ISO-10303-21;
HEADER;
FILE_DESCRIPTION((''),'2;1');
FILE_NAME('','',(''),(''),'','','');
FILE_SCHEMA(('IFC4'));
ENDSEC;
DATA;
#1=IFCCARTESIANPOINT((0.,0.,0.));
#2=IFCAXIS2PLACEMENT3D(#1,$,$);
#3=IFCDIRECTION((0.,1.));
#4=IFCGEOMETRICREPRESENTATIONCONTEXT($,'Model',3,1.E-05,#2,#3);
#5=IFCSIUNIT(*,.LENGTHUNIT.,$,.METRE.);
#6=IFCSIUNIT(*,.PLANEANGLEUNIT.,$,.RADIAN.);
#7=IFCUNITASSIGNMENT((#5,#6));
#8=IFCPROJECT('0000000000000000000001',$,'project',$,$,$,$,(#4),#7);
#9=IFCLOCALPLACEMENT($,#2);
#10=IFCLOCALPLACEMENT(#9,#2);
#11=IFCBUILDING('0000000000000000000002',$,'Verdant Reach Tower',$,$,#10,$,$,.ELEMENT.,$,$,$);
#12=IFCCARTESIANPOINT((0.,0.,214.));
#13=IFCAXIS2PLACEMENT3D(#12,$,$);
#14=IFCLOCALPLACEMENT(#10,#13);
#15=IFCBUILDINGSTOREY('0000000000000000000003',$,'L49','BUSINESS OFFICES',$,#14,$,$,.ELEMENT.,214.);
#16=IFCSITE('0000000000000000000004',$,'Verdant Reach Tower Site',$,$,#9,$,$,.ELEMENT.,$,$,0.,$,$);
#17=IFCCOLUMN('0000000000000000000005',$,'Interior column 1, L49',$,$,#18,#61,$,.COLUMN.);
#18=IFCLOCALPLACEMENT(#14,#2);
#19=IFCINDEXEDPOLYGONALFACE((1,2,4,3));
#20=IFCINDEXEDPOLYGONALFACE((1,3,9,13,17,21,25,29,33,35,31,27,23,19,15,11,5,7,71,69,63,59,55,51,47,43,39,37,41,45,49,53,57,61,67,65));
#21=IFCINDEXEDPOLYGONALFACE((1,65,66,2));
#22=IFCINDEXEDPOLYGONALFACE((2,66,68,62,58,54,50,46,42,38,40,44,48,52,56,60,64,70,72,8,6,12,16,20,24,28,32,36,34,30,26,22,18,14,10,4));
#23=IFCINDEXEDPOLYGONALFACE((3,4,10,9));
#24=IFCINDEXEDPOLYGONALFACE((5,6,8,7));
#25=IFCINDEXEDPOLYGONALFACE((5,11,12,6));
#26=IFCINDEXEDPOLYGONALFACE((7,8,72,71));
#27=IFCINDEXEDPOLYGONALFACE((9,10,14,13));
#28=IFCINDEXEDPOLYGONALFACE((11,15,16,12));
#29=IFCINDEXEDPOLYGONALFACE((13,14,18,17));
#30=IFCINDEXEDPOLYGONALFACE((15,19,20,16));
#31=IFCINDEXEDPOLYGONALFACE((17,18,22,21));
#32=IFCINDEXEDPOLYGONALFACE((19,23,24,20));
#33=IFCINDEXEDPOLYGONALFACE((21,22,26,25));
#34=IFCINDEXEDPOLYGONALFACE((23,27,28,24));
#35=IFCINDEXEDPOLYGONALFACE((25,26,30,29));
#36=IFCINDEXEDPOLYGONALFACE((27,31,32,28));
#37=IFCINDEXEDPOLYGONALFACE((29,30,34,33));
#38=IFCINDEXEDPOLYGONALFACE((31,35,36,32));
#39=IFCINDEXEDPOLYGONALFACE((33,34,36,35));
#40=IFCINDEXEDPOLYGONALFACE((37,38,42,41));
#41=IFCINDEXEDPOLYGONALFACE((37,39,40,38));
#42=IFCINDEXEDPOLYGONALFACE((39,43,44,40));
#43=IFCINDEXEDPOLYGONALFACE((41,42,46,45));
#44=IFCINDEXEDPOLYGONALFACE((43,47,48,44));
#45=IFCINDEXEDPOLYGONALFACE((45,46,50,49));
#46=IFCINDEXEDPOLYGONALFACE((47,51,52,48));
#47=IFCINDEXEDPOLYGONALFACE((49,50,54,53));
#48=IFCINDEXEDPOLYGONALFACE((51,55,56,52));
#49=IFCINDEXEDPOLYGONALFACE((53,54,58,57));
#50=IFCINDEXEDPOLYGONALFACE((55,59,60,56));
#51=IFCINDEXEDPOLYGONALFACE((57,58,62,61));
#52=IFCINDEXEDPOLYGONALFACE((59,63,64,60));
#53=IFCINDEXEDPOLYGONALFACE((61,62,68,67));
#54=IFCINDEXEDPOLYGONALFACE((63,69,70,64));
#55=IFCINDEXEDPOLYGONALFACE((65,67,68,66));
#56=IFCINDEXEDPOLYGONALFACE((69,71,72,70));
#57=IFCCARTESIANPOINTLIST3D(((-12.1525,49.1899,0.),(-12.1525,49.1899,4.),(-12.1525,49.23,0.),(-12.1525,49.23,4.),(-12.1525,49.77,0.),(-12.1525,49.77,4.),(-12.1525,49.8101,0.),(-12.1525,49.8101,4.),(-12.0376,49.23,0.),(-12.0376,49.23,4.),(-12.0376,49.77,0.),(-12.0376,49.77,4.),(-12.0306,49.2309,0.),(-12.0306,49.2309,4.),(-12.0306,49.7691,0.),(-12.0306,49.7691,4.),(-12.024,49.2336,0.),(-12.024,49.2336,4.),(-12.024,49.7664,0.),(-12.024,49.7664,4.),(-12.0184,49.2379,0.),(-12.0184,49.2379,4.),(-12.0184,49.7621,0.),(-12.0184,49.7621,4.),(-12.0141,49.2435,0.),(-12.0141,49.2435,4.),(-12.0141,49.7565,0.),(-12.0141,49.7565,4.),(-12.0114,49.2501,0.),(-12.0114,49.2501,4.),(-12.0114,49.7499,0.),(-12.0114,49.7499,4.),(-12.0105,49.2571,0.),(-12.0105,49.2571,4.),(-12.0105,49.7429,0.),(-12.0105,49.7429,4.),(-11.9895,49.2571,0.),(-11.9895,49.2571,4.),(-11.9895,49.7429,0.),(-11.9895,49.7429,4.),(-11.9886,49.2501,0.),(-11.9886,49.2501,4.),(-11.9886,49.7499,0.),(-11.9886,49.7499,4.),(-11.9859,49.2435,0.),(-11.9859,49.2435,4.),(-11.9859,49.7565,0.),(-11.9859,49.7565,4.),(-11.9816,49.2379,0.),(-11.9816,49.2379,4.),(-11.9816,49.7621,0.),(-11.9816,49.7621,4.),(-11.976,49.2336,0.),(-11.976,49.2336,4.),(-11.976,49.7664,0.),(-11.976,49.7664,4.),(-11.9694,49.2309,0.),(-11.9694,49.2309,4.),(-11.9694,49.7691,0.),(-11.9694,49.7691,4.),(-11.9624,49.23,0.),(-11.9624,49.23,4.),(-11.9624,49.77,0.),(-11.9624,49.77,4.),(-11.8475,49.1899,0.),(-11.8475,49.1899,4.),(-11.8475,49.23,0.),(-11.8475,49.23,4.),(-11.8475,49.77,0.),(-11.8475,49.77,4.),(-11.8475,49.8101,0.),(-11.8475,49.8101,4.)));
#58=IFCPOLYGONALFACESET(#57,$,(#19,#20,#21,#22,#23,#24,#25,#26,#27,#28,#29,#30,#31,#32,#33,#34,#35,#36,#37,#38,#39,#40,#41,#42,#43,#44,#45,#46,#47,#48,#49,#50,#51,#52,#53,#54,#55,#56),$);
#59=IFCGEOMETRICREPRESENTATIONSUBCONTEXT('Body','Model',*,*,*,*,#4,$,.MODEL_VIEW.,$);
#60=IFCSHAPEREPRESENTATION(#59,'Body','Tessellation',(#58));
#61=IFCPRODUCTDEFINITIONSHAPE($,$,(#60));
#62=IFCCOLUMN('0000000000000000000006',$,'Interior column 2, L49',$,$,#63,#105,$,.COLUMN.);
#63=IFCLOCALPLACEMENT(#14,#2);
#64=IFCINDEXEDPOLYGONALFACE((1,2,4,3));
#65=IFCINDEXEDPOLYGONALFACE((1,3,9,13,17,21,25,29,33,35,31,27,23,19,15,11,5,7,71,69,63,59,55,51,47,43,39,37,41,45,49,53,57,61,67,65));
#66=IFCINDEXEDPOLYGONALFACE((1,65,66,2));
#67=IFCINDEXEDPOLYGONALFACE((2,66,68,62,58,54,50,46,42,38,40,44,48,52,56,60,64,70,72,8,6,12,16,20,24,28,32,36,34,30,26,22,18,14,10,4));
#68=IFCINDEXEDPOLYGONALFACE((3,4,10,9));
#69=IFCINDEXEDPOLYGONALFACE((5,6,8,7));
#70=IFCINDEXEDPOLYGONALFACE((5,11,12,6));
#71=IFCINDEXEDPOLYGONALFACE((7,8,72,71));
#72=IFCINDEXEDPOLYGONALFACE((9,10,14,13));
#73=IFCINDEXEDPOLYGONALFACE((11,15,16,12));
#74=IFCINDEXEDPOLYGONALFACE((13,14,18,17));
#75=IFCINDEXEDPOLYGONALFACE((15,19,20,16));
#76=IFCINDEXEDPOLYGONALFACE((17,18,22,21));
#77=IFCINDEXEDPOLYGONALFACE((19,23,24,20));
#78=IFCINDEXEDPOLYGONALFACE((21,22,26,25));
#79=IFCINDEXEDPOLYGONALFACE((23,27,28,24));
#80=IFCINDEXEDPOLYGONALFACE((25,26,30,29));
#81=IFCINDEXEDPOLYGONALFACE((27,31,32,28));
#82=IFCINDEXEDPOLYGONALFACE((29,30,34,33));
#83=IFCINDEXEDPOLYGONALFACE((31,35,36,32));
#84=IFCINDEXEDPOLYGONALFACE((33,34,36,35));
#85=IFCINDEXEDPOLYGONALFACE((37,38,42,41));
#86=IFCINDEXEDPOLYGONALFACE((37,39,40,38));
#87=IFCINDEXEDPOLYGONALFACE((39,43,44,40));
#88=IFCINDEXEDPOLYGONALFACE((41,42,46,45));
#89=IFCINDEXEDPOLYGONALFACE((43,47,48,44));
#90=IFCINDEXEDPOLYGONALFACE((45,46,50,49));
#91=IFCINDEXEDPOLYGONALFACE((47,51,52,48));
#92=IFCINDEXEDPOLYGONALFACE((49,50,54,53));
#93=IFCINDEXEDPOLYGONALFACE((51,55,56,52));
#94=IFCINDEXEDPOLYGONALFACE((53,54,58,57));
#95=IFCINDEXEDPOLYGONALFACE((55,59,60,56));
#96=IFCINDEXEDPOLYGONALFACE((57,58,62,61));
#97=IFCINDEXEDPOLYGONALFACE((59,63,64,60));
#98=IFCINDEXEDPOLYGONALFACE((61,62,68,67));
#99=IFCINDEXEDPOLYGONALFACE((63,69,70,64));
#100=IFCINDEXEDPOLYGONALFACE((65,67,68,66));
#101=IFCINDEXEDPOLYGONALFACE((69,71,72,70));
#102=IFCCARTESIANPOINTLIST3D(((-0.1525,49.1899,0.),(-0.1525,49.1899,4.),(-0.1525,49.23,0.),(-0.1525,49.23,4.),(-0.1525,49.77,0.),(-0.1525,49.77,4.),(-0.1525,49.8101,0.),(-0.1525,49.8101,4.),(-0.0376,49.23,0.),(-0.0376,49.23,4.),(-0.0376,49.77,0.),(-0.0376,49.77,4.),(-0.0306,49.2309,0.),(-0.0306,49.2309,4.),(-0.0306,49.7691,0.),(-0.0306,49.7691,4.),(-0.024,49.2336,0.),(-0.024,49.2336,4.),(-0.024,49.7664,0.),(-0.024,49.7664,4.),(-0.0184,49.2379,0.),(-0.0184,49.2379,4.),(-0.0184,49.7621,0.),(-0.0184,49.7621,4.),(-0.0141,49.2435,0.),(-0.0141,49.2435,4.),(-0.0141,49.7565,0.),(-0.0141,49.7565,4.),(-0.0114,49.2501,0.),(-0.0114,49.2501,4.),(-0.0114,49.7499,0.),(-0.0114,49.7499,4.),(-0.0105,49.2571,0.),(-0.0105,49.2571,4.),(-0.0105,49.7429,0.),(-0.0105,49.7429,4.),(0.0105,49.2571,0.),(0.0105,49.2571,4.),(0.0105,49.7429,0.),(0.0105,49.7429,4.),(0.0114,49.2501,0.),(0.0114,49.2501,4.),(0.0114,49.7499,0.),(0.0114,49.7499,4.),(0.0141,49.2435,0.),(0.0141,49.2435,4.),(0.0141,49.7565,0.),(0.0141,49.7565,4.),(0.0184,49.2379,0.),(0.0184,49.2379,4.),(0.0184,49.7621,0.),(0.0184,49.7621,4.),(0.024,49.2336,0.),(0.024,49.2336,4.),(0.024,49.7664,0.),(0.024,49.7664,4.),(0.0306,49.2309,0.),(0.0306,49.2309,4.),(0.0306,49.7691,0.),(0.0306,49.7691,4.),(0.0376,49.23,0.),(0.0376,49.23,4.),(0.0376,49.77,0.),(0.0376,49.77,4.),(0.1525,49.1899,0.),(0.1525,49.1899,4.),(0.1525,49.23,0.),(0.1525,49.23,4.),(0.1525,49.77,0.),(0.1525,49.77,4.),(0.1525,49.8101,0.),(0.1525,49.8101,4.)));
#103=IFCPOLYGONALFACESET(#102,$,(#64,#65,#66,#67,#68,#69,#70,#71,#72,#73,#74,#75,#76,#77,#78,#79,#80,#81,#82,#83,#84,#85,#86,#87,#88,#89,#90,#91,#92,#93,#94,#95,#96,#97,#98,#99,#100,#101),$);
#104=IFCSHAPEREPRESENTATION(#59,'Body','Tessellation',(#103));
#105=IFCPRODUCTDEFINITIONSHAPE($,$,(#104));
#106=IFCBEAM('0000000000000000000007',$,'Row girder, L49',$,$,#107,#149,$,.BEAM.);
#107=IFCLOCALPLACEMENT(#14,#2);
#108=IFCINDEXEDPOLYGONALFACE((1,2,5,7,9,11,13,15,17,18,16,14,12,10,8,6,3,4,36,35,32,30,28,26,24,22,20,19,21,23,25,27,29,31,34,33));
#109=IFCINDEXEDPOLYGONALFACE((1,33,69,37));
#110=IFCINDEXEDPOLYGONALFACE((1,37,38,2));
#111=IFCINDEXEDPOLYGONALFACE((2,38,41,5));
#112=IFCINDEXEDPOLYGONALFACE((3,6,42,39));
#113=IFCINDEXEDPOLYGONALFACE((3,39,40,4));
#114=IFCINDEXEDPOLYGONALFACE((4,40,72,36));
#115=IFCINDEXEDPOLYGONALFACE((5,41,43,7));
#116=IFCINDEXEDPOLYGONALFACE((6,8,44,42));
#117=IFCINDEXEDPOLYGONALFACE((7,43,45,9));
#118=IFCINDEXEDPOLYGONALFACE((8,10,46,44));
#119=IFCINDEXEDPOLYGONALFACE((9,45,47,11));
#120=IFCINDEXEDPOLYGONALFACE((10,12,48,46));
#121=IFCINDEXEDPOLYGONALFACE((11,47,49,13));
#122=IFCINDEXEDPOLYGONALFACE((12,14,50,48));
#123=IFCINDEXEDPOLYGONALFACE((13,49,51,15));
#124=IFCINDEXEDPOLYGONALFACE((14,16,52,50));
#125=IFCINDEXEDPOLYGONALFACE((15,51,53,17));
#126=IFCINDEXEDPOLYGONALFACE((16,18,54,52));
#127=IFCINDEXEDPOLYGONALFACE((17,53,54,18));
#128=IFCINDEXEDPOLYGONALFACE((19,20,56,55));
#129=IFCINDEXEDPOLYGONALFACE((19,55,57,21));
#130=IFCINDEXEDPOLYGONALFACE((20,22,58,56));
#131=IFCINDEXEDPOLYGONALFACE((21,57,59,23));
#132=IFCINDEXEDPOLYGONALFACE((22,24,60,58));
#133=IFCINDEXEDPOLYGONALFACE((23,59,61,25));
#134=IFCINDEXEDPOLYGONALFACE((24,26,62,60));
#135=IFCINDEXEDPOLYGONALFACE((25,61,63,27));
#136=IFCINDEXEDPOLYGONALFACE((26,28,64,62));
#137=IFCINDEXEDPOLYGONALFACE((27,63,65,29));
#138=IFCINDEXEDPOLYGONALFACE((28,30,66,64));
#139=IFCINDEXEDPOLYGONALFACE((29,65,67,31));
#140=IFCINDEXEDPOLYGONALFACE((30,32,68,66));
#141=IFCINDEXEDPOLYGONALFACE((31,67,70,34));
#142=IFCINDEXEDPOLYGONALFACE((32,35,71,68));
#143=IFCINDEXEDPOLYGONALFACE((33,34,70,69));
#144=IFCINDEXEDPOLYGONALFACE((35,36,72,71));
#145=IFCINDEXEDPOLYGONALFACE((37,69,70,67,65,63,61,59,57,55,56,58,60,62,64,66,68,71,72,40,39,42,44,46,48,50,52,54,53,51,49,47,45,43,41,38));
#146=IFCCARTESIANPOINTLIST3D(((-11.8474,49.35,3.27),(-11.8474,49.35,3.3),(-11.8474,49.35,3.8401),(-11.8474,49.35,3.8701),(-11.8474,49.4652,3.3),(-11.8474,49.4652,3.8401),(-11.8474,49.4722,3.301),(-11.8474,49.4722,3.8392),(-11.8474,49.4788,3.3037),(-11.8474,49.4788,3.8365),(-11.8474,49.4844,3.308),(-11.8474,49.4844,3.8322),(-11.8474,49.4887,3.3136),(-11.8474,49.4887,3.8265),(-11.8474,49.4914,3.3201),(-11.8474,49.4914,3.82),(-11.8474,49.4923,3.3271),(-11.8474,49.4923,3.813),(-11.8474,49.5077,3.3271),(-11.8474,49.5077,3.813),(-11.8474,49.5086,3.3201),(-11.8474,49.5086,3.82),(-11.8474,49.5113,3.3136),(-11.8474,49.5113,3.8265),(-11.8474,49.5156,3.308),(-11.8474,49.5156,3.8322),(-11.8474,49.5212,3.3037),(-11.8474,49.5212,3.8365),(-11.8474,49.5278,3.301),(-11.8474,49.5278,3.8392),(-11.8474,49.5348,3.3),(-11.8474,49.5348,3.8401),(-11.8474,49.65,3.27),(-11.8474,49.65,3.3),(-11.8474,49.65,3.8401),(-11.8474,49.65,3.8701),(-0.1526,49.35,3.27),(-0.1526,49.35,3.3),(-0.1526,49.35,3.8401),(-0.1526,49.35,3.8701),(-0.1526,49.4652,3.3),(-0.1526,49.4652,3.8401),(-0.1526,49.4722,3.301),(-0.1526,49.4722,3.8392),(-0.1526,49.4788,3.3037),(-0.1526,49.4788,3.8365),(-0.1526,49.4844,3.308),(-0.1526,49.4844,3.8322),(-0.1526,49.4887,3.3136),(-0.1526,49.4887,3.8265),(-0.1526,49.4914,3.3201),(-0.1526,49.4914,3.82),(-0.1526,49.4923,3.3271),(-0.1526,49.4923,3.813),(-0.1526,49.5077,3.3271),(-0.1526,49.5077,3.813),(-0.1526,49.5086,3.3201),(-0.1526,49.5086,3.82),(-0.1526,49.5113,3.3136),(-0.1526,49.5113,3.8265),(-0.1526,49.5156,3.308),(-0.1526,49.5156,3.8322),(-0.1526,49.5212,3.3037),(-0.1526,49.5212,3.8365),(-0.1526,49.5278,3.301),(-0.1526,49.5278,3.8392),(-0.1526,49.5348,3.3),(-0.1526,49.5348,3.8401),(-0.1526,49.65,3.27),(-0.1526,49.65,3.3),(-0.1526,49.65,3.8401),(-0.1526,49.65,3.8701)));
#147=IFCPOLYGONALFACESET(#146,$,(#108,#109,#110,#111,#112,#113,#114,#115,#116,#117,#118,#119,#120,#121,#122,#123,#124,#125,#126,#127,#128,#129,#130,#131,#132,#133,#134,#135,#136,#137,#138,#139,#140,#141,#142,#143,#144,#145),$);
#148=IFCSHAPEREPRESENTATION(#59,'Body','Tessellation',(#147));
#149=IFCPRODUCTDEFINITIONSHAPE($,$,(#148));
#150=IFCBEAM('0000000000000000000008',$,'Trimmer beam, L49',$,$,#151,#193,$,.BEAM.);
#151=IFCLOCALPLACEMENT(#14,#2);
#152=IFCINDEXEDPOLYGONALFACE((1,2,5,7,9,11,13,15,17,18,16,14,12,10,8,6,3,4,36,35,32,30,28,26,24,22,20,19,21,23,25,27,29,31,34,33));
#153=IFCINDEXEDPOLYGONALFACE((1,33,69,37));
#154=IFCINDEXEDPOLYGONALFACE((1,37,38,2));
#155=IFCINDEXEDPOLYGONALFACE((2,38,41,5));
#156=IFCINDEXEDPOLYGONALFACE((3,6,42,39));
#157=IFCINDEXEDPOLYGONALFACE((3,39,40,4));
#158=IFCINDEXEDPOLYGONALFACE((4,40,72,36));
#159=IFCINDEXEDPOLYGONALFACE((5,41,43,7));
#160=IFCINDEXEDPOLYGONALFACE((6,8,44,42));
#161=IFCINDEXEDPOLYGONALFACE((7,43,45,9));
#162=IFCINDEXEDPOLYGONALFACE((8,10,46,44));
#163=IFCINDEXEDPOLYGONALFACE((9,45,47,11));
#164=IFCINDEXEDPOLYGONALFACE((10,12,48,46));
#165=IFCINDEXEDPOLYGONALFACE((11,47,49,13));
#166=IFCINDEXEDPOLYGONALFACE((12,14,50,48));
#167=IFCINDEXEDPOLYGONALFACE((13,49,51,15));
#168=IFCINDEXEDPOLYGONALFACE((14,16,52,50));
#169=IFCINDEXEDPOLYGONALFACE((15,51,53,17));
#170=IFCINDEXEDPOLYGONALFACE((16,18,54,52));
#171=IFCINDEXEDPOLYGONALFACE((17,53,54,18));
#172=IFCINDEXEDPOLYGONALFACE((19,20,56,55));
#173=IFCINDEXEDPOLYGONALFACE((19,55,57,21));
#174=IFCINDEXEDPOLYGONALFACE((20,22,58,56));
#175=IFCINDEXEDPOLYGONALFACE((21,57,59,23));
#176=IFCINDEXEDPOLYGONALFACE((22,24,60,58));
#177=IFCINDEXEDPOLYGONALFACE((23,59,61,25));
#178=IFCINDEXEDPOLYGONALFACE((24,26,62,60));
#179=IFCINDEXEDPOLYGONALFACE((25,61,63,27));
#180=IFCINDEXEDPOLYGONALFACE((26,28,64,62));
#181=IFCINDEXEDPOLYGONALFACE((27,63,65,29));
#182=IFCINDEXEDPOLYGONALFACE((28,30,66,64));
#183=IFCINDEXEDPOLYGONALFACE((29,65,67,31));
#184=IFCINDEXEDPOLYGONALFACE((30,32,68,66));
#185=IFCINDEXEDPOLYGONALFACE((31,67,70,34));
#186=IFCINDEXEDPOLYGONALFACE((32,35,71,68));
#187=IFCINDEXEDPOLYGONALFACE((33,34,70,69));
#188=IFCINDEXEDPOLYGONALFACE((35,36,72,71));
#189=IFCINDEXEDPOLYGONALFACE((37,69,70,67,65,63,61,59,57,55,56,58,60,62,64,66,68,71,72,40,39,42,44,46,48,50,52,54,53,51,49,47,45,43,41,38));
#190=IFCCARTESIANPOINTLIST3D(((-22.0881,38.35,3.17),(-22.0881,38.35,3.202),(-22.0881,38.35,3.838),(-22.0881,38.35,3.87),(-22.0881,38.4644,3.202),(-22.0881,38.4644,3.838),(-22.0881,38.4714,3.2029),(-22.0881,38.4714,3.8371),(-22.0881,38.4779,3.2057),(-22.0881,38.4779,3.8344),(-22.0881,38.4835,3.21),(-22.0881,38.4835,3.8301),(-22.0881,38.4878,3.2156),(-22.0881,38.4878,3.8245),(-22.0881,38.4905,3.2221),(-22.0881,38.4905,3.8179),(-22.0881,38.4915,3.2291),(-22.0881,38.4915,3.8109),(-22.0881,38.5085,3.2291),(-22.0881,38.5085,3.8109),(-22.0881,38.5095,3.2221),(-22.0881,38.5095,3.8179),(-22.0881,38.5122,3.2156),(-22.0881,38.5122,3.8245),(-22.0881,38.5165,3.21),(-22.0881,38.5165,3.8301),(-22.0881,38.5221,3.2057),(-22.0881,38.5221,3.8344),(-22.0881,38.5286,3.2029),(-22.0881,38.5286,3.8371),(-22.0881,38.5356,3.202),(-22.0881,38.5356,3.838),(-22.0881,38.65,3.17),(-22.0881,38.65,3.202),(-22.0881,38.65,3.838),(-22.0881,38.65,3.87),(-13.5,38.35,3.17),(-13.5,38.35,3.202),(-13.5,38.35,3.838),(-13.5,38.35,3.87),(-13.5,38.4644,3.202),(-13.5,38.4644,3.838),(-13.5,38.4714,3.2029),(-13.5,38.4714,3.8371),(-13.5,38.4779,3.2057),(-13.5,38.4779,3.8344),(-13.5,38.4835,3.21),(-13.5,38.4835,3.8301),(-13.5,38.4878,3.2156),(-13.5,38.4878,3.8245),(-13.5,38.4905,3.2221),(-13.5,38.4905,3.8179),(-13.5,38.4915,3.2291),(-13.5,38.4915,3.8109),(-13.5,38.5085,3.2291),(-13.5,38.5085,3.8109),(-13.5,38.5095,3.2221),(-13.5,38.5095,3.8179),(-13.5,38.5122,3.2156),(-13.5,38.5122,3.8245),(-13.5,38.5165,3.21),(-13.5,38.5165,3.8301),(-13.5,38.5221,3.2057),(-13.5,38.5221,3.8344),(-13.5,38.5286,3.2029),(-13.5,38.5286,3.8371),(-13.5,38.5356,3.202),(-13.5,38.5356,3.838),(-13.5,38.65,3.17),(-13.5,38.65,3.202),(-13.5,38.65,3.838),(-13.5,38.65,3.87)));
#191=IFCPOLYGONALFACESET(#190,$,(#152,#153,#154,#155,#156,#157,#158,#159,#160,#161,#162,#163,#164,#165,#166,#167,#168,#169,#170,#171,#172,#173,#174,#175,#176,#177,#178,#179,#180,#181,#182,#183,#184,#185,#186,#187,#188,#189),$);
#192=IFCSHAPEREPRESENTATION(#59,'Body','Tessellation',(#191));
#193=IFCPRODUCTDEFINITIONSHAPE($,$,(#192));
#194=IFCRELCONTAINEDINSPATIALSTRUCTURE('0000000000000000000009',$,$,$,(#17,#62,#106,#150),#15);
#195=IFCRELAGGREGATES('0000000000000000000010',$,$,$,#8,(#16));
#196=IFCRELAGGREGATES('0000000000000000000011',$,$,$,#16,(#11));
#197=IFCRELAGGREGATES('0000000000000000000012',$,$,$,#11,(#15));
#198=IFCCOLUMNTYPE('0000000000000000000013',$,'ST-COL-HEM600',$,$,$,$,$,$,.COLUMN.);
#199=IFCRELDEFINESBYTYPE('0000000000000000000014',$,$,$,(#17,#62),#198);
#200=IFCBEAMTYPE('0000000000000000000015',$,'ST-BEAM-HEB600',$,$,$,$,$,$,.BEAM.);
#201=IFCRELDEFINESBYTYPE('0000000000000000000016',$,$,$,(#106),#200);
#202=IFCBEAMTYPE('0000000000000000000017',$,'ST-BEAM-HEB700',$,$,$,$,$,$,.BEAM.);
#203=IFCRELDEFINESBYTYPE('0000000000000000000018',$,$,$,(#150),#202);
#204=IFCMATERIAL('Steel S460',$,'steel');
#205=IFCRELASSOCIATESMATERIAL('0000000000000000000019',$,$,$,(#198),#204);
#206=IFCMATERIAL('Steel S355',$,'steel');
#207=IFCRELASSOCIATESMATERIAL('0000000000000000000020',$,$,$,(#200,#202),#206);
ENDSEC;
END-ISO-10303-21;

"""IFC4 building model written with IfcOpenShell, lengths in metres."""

from ifc_helpers import new_model, si_unit, direction, frame, origin, origin_2d, place, context, subcontext, project, spatial, i_section, extrude, material, material_profile, profile_set, type_object, element, save


model = new_model("IFC4")

# Units and contexts
model_context = context("Model", 3, precision=1e-05, world=origin(), true_north=direction((0.0, 1.0)))
body_context = subcontext(model_context, "Body", "Model", "MODEL_VIEW")
ifc_project = project(units=[si_unit("LENGTHUNIT", "METRE"), si_unit("PLANEANGLEUNIT", "RADIAN")], contexts=[model_context])

# Site, building, storey
site_placement = place(None, origin())
site = spatial("IfcSite", under=ifc_project, at=site_placement, Name="Verdant Reach Tower Site", CompositionType="ELEMENT", RefElevation=0.0)
building_placement = place(site_placement, origin())
building = spatial("IfcBuilding", under=site, at=building_placement, Name="Verdant Reach Tower", CompositionType="ELEMENT")
storey_placement = place(building_placement, frame((0.0, 0.0, 214.0)))
storey = spatial("IfcBuildingStorey", under=building, at=storey_placement, Name="L49", Description="BUSINESS OFFICES", CompositionType="ELEMENT", Elevation=214.0)

# Columns
ifc_material_1 = material(Name="Steel S460", Category="steel")
ifc_material_profile_1 = material_profile(ifc_material_1, i_section(OverallWidth=0.3049, OverallDepth=0.6201, WebThickness=0.021, FlangeThickness=0.04, FilletRadius=0.0271, at=origin_2d()), Name="HEM 600")
ifc_profile_set_1 = profile_set([ifc_material_profile_1], Name="Steel S460")
column_type = type_object("IfcColumnType", Name="ST-COL-HEM600", PredefinedType="COLUMN", material=ifc_profile_set_1)
for number, where, z_axis, x_axis, name in (
    (1, (-12.0, 49.5, 0.0), (0.0, 0.0, 1.0), (1.0, 0.0, 0.0), "Interior column 1, L49"),
    (2, (0.0, 49.5, 0.0), (0.0, 0.0, 1.0), (1.0, 0.0, 0.0), "Interior column 2, L49"),
):
    element("IfcColumn", number, at=place(storey_placement, frame(where, z_axis=z_axis, x_axis=x_axis)), inside=storey, type_object=column_type, Name=name, PredefinedType="COLUMN", context=body_context, shape_type="SweptSolid", body=[
        extrude(i_section(OverallWidth=0.3049, OverallDepth=0.6201, WebThickness=0.021, FlangeThickness=0.04, FilletRadius=0.0271, at=origin_2d()), origin(), (0.0, 0.0, 1.0), 4.0),
    ])

# Beams
ifc_material_2 = material(Name="Steel S355", Category="steel")
ifc_material_profile_2 = material_profile(ifc_material_2, i_section(OverallWidth=0.3, OverallDepth=0.6001, WebThickness=0.0154, FlangeThickness=0.03, FilletRadius=0.0271, at=origin_2d()), Name="HEB 600")
ifc_profile_set_2 = profile_set([ifc_material_profile_2], Name="Steel S355")
beam_type_1 = type_object("IfcBeamType", Name="ST-BEAM-HEB600", PredefinedType="BEAM", material=ifc_profile_set_2)
beam_1_placement = place(storey_placement, frame((-11.8474, 49.5, 3.5701), z_axis=(1.0, 0.0, 0.0), x_axis=(0.0, 1.0, 0.0)))
element("IfcBeam", 3, at=beam_1_placement, inside=storey, type_object=beam_type_1, Name="Row girder, L49", PredefinedType="BEAM", context=body_context, shape_type="SweptSolid", body=[
    extrude(i_section(OverallWidth=0.3, OverallDepth=0.6001, WebThickness=0.0154, FlangeThickness=0.03, FilletRadius=0.0271, at=origin_2d()), origin(), (0.0, 0.0, 1.0), 11.6948),
])
ifc_material_profile_3 = material_profile(ifc_material_2, i_section(OverallWidth=0.3, OverallDepth=0.7, WebThickness=0.0171, FlangeThickness=0.032, FilletRadius=0.0271, at=origin_2d()), Name="HEB 700")
ifc_profile_set_3 = profile_set([ifc_material_profile_3], Name="Steel S355")
beam_type_2 = type_object("IfcBeamType", Name="ST-BEAM-HEB700", PredefinedType="BEAM", material=ifc_profile_set_3)
beam_2_placement = place(storey_placement, frame((-13.5, 38.5, 3.52), z_axis=(-1.0, 0.0, 0.0), x_axis=(0.0, -1.0, 0.0)))
element("IfcBeam", 4, at=beam_2_placement, inside=storey, type_object=beam_type_2, Name="Trimmer beam, L49", PredefinedType="BEAM", context=body_context, shape_type="SweptSolid", body=[
    extrude(i_section(OverallWidth=0.3, OverallDepth=0.7, WebThickness=0.0171, FlangeThickness=0.032, FilletRadius=0.0271, at=origin_2d()), origin(), (0.0, 0.0, 1.0), 8.5881),
])

save(model, "model.ifc")
